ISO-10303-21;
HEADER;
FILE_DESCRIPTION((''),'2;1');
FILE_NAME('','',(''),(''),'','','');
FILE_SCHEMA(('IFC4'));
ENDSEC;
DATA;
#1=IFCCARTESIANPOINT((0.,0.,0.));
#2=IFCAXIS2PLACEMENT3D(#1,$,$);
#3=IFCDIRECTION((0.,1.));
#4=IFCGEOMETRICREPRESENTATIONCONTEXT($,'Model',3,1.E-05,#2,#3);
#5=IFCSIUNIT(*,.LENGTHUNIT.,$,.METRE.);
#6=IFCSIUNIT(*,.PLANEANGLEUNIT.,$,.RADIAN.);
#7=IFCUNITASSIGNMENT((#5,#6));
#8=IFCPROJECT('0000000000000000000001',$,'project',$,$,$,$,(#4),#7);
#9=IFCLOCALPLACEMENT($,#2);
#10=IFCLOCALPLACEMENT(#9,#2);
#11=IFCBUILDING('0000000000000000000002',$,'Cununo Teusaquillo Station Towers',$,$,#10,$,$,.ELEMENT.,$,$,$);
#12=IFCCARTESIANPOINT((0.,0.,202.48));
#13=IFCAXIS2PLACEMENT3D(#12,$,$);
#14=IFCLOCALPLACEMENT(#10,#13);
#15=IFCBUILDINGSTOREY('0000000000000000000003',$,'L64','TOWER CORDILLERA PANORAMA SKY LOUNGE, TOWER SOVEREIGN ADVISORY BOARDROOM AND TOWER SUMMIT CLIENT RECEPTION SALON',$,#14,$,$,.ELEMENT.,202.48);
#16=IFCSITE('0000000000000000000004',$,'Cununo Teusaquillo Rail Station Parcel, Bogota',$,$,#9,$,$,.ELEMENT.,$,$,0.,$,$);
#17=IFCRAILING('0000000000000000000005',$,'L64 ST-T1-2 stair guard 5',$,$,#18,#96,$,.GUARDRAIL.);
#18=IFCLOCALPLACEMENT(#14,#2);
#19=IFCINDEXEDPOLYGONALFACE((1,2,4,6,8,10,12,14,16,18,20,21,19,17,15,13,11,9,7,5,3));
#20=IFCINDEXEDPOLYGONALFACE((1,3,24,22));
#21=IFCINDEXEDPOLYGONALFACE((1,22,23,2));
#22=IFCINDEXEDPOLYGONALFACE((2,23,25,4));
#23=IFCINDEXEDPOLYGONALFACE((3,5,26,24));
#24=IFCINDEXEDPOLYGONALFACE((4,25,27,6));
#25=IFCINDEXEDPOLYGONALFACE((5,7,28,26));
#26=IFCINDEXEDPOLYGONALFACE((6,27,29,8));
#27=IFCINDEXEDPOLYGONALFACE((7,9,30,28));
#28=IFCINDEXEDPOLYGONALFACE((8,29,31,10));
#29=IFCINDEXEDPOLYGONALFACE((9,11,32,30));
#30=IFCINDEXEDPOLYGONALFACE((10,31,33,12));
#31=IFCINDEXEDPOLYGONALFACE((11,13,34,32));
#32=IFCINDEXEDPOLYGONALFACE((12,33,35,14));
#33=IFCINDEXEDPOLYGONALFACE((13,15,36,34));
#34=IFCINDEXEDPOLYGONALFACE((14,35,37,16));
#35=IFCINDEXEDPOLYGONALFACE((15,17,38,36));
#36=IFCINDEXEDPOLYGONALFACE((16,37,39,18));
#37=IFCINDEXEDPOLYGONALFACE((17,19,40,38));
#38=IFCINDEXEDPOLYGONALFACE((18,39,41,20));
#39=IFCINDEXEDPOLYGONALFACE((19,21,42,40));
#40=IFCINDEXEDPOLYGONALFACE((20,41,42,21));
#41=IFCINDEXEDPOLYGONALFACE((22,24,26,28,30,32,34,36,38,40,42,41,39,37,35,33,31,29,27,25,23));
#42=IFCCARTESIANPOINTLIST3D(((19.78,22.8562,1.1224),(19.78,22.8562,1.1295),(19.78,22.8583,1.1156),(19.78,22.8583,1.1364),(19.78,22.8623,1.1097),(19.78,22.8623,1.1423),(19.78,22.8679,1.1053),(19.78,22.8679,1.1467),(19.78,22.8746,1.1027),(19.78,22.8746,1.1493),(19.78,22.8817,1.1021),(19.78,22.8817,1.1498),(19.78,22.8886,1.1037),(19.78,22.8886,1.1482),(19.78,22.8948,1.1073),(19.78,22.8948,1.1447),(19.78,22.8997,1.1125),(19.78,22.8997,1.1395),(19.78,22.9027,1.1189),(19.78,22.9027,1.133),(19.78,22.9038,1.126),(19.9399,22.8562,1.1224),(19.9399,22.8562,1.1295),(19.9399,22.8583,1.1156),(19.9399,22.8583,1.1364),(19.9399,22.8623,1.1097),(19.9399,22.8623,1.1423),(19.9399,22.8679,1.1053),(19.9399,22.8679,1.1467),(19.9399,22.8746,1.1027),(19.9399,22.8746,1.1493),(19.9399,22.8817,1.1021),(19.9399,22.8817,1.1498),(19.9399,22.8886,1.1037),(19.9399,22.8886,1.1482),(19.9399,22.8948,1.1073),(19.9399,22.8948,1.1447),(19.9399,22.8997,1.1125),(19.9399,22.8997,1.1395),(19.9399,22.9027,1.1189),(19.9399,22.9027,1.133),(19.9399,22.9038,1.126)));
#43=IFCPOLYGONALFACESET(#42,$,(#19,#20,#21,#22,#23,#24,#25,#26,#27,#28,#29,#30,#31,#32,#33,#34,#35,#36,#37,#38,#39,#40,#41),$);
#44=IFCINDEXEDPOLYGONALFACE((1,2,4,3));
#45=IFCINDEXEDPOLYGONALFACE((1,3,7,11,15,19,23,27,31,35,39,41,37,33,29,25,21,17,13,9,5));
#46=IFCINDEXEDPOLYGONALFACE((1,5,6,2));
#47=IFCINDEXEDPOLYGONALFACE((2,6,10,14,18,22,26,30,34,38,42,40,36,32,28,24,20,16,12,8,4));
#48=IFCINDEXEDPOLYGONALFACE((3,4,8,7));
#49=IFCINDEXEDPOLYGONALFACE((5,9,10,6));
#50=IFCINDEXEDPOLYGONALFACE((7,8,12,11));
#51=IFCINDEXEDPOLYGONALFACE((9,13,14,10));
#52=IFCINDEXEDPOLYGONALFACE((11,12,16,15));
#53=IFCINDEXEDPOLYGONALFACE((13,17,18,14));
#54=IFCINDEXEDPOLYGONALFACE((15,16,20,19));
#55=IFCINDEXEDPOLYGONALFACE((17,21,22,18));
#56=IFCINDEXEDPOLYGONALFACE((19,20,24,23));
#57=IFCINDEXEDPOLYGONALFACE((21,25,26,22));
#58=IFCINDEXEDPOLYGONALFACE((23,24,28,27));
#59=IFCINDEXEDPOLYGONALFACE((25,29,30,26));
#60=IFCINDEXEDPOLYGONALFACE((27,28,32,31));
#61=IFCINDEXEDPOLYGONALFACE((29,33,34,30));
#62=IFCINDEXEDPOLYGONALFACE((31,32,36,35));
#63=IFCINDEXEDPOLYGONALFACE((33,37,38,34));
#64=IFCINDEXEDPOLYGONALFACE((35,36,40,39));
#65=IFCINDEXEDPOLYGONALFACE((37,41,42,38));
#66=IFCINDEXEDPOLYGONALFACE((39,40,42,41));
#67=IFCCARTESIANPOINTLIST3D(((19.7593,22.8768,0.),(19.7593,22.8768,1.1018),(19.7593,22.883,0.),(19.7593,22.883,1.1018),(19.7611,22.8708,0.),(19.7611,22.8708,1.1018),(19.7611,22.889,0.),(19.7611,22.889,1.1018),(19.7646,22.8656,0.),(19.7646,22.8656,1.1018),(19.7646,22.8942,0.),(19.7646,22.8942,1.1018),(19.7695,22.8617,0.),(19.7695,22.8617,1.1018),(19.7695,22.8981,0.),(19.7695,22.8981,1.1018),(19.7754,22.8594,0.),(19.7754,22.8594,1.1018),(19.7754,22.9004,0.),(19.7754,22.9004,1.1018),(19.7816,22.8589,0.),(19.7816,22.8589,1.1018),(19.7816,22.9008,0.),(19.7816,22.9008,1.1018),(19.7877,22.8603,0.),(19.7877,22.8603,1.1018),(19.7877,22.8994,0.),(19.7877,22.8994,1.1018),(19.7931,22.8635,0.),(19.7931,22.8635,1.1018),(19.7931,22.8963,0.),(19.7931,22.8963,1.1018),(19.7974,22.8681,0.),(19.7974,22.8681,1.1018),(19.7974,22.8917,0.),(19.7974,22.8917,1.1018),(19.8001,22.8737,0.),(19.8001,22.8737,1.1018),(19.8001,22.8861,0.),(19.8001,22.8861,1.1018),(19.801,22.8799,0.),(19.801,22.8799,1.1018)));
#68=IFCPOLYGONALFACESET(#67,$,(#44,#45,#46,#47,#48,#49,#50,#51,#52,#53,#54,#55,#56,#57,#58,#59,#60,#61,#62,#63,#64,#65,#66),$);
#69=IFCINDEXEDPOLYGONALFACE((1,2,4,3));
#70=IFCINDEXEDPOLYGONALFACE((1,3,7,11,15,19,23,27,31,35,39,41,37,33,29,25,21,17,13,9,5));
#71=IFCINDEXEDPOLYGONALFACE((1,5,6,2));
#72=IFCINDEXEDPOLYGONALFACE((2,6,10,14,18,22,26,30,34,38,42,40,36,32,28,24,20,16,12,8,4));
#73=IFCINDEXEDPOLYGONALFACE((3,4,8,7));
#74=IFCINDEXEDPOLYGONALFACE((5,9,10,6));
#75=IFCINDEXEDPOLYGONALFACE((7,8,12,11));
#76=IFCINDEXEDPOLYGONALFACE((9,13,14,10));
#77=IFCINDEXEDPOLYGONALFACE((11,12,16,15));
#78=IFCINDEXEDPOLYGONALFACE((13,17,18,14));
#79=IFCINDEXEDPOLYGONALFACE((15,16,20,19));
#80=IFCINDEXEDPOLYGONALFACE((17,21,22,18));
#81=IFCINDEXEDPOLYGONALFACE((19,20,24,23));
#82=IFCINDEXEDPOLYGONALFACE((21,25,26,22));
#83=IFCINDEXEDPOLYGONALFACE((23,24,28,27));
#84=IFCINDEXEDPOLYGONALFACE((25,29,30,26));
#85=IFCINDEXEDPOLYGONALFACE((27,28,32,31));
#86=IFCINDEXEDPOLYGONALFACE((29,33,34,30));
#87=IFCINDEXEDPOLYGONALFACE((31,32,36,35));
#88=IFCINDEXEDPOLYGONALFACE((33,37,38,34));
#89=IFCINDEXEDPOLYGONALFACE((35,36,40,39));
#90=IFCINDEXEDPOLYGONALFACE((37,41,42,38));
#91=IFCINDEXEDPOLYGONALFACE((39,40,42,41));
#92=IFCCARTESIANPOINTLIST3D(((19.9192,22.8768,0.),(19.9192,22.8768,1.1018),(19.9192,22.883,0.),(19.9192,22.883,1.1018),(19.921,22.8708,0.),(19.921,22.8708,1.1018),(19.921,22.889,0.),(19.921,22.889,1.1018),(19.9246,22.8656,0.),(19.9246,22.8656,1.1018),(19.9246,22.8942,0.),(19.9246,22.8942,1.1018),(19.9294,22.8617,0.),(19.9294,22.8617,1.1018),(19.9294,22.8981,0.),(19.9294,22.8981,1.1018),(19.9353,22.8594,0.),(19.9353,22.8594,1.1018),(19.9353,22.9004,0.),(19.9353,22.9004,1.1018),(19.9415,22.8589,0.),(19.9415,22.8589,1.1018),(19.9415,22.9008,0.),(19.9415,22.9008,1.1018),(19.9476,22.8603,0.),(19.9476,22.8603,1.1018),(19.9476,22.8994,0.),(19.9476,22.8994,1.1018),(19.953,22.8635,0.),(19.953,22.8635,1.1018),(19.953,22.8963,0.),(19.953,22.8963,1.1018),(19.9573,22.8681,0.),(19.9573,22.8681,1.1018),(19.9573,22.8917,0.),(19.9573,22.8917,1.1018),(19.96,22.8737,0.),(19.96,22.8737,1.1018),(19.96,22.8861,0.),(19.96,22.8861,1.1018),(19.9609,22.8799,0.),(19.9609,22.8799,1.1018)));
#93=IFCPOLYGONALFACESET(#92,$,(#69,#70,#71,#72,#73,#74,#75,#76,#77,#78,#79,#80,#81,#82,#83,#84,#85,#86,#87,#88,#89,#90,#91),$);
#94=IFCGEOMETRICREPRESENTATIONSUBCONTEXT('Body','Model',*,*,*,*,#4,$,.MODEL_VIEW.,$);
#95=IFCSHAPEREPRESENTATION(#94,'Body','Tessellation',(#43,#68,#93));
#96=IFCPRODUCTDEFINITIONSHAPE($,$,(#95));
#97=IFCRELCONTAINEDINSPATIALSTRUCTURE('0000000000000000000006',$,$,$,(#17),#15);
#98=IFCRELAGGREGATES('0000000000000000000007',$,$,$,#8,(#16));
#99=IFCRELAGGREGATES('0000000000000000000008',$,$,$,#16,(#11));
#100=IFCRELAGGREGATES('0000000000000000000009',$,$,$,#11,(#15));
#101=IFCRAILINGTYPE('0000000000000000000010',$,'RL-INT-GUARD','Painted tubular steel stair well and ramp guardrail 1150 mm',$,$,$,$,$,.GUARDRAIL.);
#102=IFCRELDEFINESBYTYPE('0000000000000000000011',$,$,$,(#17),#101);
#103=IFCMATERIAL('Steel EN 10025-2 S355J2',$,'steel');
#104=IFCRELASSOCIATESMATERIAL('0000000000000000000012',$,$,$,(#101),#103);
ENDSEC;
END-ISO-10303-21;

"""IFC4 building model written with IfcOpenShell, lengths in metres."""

from ifc_helpers import new_model, si_unit, direction, frame, origin, origin_2d, place, context, subcontext, project, spatial, circle, extrude, material, type_object, element, save


model = new_model("IFC4")

# Units and contexts
model_context = context("Model", 3, precision=1e-05, world=origin(), true_north=direction((0.0, 1.0)))
body_context = subcontext(model_context, "Body", "Model", "MODEL_VIEW")
ifc_project = project(units=[si_unit("LENGTHUNIT", "METRE"), si_unit("PLANEANGLEUNIT", "RADIAN")], contexts=[model_context])

# Site, building, storey
site_placement = place(None, origin())
site = spatial("IfcSite", under=ifc_project, at=site_placement, Name="Cununo Teusaquillo Rail Station Parcel, Bogota", CompositionType="ELEMENT", RefElevation=0.0)
building_placement = place(site_placement, origin())
building = spatial("IfcBuilding", under=site, at=building_placement, Name="Cununo Teusaquillo Station Towers", CompositionType="ELEMENT")
storey_placement = place(building_placement, frame((0.0, 0.0, 202.48)))
storey = spatial("IfcBuildingStorey", under=building, at=storey_placement, Name="L64", Description="TOWER CORDILLERA PANORAMA SKY LOUNGE, TOWER SOVEREIGN ADVISORY BOARDROOM AND TOWER SUMMIT CLIENT RECEPTION SALON", CompositionType="ELEMENT", Elevation=202.48)

# Railing
ifc_material_1 = material(Name="Steel EN 10025-2 S355J2", Category="steel")
railing_type_1 = type_object("IfcRailingType", Name="RL-INT-GUARD", Description="Painted tubular steel stair well and ramp guardrail 1150 mm", PredefinedType="GUARDRAIL", material=ifc_material_1)
railing_1_placement = place(storey_placement, frame((19.78, 22.8799, 0.0)))
element("IfcRailing", 1, at=railing_1_placement, inside=storey, type_object=railing_type_1, Name="L64 ST-T1-2 stair guard 5", PredefinedType="GUARDRAIL", context=body_context, shape_type="SweptSolid", body=[
    extrude(circle(Radius=0.0239, at=origin_2d()), frame((0.0, 0.0, 1.126), z_axis=(1.0, 0.0, 0.0), x_axis=(0.0, 1.0, 0.0)), (0.0, 0.0, 1.0), 0.1599),
    extrude(circle(Radius=0.021, at=origin_2d()), origin(), (0.0, 0.0, 1.0), 1.1018),
    extrude(circle(Radius=0.021, at=origin_2d()), frame((0.1599, 0.0, 0.0)), (0.0, 0.0, 1.0), 1.1018),
])

save(model, "model.ifc")
